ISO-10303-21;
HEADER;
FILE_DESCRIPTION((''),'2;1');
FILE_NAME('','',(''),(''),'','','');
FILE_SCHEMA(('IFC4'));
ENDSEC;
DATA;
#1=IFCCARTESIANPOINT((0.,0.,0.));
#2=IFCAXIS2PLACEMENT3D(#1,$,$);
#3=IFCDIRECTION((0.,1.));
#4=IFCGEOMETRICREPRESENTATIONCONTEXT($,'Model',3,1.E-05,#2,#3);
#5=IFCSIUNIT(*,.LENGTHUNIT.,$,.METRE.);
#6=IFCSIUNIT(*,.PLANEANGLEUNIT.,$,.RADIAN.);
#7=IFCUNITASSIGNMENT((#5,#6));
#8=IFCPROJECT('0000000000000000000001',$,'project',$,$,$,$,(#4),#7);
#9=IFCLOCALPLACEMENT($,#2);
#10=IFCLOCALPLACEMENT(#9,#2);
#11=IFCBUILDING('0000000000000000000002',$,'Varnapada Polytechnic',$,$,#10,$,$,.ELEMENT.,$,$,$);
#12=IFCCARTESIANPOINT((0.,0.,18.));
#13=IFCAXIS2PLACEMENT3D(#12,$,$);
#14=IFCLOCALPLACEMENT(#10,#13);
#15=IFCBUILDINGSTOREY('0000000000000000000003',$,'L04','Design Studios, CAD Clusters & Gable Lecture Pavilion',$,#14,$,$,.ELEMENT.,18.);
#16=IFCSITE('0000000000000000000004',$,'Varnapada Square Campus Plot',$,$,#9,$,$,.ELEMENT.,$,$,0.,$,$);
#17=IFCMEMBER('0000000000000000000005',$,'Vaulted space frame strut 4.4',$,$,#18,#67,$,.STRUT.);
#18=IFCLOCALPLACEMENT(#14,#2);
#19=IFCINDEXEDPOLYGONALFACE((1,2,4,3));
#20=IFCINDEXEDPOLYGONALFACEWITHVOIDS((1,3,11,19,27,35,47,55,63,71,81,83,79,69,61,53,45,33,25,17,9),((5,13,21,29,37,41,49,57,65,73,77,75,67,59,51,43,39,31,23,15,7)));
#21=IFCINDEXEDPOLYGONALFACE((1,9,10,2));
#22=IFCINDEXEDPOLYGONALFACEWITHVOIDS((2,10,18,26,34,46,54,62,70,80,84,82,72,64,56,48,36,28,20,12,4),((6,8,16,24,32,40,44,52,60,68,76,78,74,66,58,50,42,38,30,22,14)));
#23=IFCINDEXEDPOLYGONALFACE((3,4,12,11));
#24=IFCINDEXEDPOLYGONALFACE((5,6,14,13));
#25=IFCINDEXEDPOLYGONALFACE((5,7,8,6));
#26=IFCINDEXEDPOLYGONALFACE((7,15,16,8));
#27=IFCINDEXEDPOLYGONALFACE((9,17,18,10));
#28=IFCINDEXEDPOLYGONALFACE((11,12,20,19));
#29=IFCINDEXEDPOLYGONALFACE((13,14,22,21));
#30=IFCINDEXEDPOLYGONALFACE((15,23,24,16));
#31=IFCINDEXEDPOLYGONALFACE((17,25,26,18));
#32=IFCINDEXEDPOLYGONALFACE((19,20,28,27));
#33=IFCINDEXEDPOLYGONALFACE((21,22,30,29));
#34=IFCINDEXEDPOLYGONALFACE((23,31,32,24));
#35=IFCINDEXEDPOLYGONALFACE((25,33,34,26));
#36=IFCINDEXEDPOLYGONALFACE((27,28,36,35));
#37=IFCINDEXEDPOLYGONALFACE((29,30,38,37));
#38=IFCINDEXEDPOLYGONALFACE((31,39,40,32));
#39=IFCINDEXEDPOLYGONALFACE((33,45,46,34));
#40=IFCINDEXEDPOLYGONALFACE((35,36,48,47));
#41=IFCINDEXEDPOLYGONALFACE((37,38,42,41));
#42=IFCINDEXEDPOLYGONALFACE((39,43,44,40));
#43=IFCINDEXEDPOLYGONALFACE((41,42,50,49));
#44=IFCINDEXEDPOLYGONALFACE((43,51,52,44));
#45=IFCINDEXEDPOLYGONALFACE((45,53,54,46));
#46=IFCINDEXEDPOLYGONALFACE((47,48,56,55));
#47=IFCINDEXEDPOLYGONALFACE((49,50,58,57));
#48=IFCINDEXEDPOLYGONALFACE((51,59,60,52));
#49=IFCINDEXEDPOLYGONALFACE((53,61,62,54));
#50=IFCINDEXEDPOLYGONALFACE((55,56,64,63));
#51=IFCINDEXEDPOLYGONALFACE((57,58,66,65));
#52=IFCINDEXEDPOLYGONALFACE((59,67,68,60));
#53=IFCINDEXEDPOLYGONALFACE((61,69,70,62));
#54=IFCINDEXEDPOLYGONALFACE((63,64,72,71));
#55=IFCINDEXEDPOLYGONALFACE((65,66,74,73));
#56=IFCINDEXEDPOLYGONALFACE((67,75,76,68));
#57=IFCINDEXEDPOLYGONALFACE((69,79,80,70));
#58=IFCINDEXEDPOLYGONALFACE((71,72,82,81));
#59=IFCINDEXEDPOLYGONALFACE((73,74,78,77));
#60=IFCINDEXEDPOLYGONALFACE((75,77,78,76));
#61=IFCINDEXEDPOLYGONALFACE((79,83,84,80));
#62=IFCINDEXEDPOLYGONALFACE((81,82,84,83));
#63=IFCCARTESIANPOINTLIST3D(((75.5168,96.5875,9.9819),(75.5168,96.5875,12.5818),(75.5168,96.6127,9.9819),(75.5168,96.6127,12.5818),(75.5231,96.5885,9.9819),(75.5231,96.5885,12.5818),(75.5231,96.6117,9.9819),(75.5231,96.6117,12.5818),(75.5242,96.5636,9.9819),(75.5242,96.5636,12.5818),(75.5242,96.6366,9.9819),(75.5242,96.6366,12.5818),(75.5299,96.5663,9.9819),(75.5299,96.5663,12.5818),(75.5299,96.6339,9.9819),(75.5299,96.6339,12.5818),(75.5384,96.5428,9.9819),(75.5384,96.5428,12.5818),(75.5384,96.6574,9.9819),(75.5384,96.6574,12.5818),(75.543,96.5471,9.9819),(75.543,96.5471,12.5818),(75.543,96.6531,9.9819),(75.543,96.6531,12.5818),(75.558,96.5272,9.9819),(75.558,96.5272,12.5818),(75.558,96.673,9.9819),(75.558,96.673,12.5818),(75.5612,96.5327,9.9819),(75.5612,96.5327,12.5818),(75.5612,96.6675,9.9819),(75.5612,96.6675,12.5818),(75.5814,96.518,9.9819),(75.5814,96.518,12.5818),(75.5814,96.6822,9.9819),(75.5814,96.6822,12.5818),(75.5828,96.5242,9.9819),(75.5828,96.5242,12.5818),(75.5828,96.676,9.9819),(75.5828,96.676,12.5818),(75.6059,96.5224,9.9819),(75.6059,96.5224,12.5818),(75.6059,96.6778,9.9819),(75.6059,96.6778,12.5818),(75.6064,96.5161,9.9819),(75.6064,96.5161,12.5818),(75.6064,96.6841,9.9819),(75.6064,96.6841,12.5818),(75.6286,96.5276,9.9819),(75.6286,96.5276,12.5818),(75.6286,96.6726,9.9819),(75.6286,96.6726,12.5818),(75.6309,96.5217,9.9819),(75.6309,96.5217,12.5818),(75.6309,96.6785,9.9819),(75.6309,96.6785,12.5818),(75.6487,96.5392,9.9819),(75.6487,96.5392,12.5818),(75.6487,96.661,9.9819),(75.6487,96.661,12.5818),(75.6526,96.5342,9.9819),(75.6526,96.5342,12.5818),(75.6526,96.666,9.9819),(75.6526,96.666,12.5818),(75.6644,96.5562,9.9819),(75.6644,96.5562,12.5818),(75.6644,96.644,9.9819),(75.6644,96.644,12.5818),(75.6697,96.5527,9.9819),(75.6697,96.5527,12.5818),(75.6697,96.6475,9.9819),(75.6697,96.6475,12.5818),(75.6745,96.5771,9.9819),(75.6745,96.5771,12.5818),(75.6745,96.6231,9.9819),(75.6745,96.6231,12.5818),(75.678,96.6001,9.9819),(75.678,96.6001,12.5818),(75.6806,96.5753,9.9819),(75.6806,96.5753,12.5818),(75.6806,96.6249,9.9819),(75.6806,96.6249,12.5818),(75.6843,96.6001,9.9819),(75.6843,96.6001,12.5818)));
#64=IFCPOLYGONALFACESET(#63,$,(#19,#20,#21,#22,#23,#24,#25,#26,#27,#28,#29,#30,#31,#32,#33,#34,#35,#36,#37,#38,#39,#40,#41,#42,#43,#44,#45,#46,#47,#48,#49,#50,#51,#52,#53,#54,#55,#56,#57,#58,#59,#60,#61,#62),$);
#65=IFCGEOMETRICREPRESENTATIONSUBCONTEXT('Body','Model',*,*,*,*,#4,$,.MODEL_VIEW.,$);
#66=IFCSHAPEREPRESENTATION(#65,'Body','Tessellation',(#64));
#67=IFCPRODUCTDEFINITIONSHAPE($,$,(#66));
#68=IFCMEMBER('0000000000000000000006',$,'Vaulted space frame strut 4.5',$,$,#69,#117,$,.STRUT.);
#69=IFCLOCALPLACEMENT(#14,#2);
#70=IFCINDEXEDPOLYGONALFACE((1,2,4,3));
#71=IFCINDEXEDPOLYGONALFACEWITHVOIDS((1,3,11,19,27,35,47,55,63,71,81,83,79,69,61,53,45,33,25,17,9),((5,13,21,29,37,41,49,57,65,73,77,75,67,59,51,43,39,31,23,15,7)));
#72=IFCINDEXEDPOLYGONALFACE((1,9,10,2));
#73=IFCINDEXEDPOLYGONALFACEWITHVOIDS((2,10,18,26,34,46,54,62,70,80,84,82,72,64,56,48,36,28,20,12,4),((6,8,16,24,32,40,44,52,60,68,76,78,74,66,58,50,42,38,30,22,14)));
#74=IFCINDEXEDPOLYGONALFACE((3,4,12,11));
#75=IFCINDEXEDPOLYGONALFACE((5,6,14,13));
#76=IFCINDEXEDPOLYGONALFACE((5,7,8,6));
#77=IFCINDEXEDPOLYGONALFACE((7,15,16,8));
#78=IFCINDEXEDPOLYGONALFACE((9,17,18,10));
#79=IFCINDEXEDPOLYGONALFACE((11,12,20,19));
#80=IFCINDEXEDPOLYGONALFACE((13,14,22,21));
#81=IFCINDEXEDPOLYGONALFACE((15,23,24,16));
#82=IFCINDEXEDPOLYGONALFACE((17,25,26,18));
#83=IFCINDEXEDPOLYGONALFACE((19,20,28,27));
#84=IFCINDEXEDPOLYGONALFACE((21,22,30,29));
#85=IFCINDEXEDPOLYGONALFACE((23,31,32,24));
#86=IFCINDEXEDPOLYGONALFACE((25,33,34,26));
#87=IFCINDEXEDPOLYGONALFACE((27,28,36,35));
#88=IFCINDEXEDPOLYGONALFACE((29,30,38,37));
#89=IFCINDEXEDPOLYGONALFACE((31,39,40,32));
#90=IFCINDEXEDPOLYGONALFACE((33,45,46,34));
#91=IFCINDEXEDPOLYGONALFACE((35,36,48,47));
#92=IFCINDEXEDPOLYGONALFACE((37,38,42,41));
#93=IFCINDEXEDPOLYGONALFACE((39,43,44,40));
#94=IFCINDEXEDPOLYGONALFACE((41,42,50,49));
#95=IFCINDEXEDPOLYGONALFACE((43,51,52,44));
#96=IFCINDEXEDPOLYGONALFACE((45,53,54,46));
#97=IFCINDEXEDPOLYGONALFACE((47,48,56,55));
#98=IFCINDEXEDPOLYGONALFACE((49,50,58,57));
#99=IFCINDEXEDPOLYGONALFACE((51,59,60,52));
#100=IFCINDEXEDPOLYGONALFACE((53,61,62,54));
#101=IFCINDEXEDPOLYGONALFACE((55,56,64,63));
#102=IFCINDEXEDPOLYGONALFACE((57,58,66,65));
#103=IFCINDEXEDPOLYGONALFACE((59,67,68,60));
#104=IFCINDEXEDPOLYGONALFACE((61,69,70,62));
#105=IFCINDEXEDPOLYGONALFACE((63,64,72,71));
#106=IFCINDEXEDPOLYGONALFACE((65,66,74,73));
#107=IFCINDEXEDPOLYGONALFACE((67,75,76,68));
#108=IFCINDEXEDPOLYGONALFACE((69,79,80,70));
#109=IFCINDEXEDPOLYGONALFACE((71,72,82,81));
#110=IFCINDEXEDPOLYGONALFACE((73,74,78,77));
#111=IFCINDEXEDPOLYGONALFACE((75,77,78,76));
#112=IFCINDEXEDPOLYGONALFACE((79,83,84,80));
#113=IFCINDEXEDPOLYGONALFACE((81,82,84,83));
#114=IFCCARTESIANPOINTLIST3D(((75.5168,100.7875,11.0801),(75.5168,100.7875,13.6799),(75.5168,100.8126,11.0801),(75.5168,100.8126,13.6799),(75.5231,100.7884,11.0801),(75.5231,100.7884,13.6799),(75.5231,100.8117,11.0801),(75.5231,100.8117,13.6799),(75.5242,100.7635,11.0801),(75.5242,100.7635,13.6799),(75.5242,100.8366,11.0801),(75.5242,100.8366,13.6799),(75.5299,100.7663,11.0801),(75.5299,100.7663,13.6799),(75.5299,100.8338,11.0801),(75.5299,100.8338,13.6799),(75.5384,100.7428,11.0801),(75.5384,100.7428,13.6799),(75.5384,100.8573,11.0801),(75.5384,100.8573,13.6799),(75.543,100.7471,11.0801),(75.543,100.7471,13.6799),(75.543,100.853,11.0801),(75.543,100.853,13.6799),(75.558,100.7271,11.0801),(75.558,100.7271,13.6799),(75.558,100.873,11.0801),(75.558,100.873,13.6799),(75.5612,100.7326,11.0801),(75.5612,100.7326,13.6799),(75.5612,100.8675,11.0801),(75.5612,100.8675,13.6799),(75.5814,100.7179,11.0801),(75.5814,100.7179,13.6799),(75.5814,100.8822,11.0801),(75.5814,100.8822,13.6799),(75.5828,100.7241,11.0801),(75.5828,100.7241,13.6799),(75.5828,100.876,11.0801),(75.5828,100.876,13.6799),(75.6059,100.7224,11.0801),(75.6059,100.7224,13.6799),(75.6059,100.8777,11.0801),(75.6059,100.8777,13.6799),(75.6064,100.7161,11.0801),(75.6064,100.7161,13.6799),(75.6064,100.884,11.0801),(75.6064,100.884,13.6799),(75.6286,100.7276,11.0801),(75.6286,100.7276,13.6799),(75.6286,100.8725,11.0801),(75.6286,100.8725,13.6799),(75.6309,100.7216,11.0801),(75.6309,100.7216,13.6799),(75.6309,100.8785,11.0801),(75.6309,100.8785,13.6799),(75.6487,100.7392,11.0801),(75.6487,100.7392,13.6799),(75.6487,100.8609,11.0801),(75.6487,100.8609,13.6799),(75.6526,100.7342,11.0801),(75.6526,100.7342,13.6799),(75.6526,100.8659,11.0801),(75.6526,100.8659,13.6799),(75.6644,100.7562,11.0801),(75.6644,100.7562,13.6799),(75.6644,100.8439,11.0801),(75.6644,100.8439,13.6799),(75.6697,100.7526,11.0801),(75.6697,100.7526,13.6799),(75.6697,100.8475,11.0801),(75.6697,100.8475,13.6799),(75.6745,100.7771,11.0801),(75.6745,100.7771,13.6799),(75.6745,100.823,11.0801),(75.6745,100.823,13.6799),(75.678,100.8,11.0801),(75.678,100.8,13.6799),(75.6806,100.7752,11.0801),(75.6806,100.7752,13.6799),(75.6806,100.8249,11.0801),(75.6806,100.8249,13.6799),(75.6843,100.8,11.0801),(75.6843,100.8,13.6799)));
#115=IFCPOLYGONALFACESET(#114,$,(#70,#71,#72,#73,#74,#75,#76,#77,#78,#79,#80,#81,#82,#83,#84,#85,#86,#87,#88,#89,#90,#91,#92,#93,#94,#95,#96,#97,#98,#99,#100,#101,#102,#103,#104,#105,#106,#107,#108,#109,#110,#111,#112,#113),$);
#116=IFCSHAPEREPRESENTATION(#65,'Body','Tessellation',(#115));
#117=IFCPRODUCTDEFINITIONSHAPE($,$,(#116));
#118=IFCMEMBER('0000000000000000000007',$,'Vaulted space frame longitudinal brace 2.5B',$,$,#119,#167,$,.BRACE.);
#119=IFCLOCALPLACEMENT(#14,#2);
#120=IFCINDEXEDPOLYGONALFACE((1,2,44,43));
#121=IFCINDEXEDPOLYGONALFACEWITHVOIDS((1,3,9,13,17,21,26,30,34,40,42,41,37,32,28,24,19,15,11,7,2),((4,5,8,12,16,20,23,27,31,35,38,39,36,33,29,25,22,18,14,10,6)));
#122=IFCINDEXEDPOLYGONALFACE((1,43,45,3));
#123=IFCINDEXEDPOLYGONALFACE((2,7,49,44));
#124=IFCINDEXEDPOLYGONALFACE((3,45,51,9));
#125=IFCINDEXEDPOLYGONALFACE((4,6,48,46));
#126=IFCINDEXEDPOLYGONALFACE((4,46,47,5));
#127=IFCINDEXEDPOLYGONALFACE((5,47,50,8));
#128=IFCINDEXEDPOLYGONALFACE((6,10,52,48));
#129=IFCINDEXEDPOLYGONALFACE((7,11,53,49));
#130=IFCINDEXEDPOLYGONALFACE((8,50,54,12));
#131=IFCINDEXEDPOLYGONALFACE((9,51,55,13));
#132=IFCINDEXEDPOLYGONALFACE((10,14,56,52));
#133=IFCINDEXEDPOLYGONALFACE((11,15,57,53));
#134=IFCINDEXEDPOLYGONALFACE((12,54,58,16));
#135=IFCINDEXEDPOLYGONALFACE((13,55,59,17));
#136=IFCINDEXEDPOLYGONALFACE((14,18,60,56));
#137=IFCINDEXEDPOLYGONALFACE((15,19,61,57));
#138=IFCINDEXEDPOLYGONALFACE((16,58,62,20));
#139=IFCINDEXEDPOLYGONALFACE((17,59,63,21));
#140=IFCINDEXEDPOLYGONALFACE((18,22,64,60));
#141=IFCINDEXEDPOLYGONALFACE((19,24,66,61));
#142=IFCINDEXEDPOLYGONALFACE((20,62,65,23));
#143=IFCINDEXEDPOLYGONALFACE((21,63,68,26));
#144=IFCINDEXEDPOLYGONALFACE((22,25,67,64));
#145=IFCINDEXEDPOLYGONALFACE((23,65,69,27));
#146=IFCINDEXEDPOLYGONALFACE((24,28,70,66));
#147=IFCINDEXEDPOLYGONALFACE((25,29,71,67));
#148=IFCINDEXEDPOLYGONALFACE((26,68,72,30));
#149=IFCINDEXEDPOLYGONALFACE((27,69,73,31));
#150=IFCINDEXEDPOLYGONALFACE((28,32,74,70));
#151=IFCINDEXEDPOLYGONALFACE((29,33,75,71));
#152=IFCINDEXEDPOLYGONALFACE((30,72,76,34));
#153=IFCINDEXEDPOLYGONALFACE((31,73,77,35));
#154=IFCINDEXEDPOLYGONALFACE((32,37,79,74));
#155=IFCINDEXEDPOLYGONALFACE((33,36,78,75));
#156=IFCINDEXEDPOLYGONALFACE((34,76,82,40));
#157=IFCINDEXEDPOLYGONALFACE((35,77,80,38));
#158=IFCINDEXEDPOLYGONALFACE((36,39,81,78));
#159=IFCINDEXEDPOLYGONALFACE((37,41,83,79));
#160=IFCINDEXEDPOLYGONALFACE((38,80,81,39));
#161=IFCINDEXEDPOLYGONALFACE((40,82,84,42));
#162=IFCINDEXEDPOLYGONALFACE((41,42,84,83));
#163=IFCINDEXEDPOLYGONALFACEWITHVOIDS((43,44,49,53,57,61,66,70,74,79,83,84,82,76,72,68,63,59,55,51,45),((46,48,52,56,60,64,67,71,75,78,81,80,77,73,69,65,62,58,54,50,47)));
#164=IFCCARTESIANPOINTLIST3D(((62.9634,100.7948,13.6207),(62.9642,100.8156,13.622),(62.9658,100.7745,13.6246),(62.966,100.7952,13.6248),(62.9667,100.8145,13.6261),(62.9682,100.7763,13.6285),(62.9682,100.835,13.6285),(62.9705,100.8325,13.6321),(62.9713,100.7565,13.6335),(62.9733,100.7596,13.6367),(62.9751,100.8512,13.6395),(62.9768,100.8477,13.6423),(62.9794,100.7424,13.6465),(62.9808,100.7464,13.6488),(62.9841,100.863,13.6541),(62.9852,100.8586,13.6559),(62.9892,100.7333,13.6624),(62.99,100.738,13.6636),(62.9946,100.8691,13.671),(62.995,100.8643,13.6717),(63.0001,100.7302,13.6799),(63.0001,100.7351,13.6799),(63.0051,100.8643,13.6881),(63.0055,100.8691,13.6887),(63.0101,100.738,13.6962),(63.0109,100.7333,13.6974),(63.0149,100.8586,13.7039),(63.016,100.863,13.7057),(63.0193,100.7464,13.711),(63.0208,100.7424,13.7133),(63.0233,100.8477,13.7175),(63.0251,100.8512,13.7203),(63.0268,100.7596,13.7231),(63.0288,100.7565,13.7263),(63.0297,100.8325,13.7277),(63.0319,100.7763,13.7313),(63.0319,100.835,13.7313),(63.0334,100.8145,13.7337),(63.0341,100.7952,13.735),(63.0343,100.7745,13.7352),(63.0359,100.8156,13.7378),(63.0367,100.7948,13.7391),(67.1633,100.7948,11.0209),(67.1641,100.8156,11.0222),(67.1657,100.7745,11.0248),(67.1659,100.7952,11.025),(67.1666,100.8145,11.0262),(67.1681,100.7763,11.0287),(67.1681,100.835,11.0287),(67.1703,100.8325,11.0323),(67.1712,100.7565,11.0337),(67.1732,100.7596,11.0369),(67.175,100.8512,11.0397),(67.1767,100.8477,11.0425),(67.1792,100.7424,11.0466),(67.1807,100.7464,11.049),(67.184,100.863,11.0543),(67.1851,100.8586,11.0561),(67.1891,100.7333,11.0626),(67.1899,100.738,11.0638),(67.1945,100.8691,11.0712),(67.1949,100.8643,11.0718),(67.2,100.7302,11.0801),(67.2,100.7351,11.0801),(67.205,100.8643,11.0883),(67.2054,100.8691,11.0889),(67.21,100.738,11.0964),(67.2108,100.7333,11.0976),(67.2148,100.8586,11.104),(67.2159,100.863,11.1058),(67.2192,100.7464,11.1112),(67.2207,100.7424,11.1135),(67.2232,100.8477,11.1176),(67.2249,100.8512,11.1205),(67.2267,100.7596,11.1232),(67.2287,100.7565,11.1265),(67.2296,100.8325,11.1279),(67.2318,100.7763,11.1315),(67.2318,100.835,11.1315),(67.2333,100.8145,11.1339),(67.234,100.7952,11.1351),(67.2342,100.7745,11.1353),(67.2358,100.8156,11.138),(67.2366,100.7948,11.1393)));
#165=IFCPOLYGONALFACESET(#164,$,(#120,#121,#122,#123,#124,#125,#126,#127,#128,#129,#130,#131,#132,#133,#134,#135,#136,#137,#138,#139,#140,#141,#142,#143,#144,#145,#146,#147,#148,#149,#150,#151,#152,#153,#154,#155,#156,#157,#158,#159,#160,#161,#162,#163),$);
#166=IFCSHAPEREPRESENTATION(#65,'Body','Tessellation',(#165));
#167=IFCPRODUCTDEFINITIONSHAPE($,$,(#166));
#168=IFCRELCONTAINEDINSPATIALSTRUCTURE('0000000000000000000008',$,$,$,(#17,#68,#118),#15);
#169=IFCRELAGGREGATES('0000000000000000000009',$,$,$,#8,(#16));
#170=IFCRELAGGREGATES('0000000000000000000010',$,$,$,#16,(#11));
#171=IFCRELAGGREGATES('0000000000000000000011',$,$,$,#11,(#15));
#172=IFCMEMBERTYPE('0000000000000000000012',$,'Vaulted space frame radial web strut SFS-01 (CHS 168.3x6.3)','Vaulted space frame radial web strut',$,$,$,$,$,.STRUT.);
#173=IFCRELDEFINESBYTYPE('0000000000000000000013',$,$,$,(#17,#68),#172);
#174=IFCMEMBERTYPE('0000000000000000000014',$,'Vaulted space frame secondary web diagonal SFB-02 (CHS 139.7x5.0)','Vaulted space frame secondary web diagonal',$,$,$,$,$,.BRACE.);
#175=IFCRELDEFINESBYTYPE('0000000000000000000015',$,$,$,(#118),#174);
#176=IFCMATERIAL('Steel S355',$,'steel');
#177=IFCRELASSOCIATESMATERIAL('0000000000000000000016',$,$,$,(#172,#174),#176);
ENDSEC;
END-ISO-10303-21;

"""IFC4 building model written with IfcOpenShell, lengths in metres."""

from ifc_helpers import new_model, si_unit, direction, frame, origin, origin_2d, place, context, subcontext, project, spatial, hollow_circle, extrude, material, material_profile, profile_set, type_object, element, save


model = new_model("IFC4")

# Units and contexts
model_context = context("Model", 3, precision=1e-05, world=origin(), true_north=direction((0.0, 1.0)))
body_context = subcontext(model_context, "Body", "Model", "MODEL_VIEW")
ifc_project = project(units=[si_unit("LENGTHUNIT", "METRE"), si_unit("PLANEANGLEUNIT", "RADIAN")], contexts=[model_context])

# Site, building, storey
site_placement = place(None, origin())
site = spatial("IfcSite", under=ifc_project, at=site_placement, Name="Varnapada Square Campus Plot", CompositionType="ELEMENT", RefElevation=0.0)
building_placement = place(site_placement, origin())
building = spatial("IfcBuilding", under=site, at=building_placement, Name="Varnapada Polytechnic", CompositionType="ELEMENT")
storey_placement = place(building_placement, frame((0.0, 0.0, 18.0)))
storey = spatial("IfcBuildingStorey", under=building, at=storey_placement, Name="L04", Description="Design Studios, CAD Clusters & Gable Lecture Pavilion", CompositionType="ELEMENT", Elevation=18.0)

# Shared definitions
ifc_material = material(Name="Steel S355", Category="steel")

# Members
ifc_material_profile_1 = material_profile(ifc_material, hollow_circle(Radius=0.0842, WallThickness=0.0063, at=origin_2d()), Name="CHS 168.3x6.3")
ifc_profile_set_1 = profile_set([ifc_material_profile_1], Name="Steel S355")
member_type_1 = type_object("IfcMemberType", Name="Vaulted space frame radial web strut SFS-01 (CHS 168.3x6.3)", Description="Vaulted space frame radial web strut", PredefinedType="STRUT", material=ifc_profile_set_1)
for number, where, z_axis, x_axis, name in (
    (1, (75.6001, 96.6001, 9.9819), (0.0, 0.0, 1.0), (1.0, 0.0, 0.0), "Vaulted space frame strut 4.4"),
    (2, (75.6001, 100.8, 11.0801), (0.0, 0.0, 1.0), (1.0, 0.0, 0.0), "Vaulted space frame strut 4.5"),
):
    element("IfcMember", number, at=place(storey_placement, frame(where, z_axis=z_axis, x_axis=x_axis)), inside=storey, type_object=member_type_1, Name=name, PredefinedType="STRUT", context=body_context, shape_type="SweptSolid", body=[
        extrude(hollow_circle(Radius=0.0842, WallThickness=0.0063, at=origin_2d()), origin(), (0.0, 0.0, 1.0), 2.5999),
    ])
ifc_material_profile_2 = material_profile(ifc_material, hollow_circle(Radius=0.0698, WallThickness=0.0049, at=origin_2d()), Name="CHS 139.7x5.0")
ifc_profile_set_2 = profile_set([ifc_material_profile_2], Name="Steel S355")
member_type_2 = type_object("IfcMemberType", Name="Vaulted space frame secondary web diagonal SFB-02 (CHS 139.7x5.0)", Description="Vaulted space frame secondary web diagonal", PredefinedType="BRACE", material=ifc_profile_set_2)
member_1_placement = place(storey_placement, frame((67.2, 100.8, 11.0801), z_axis=(-0.850276, 0.0, 0.526338), x_axis=(0.0, -1.0, 0.0)))
element("IfcMember", 3, at=member_1_placement, inside=storey, type_object=member_type_2, Name="Vaulted space frame longitudinal brace 2.5B", PredefinedType="BRACE", context=body_context, shape_type="SweptSolid", body=[
    extrude(hollow_circle(Radius=0.0698, WallThickness=0.0049, at=origin_2d()), origin(), (0.0, 0.0, 1.0), 4.9395),
])

save(model, "model.ifc")
